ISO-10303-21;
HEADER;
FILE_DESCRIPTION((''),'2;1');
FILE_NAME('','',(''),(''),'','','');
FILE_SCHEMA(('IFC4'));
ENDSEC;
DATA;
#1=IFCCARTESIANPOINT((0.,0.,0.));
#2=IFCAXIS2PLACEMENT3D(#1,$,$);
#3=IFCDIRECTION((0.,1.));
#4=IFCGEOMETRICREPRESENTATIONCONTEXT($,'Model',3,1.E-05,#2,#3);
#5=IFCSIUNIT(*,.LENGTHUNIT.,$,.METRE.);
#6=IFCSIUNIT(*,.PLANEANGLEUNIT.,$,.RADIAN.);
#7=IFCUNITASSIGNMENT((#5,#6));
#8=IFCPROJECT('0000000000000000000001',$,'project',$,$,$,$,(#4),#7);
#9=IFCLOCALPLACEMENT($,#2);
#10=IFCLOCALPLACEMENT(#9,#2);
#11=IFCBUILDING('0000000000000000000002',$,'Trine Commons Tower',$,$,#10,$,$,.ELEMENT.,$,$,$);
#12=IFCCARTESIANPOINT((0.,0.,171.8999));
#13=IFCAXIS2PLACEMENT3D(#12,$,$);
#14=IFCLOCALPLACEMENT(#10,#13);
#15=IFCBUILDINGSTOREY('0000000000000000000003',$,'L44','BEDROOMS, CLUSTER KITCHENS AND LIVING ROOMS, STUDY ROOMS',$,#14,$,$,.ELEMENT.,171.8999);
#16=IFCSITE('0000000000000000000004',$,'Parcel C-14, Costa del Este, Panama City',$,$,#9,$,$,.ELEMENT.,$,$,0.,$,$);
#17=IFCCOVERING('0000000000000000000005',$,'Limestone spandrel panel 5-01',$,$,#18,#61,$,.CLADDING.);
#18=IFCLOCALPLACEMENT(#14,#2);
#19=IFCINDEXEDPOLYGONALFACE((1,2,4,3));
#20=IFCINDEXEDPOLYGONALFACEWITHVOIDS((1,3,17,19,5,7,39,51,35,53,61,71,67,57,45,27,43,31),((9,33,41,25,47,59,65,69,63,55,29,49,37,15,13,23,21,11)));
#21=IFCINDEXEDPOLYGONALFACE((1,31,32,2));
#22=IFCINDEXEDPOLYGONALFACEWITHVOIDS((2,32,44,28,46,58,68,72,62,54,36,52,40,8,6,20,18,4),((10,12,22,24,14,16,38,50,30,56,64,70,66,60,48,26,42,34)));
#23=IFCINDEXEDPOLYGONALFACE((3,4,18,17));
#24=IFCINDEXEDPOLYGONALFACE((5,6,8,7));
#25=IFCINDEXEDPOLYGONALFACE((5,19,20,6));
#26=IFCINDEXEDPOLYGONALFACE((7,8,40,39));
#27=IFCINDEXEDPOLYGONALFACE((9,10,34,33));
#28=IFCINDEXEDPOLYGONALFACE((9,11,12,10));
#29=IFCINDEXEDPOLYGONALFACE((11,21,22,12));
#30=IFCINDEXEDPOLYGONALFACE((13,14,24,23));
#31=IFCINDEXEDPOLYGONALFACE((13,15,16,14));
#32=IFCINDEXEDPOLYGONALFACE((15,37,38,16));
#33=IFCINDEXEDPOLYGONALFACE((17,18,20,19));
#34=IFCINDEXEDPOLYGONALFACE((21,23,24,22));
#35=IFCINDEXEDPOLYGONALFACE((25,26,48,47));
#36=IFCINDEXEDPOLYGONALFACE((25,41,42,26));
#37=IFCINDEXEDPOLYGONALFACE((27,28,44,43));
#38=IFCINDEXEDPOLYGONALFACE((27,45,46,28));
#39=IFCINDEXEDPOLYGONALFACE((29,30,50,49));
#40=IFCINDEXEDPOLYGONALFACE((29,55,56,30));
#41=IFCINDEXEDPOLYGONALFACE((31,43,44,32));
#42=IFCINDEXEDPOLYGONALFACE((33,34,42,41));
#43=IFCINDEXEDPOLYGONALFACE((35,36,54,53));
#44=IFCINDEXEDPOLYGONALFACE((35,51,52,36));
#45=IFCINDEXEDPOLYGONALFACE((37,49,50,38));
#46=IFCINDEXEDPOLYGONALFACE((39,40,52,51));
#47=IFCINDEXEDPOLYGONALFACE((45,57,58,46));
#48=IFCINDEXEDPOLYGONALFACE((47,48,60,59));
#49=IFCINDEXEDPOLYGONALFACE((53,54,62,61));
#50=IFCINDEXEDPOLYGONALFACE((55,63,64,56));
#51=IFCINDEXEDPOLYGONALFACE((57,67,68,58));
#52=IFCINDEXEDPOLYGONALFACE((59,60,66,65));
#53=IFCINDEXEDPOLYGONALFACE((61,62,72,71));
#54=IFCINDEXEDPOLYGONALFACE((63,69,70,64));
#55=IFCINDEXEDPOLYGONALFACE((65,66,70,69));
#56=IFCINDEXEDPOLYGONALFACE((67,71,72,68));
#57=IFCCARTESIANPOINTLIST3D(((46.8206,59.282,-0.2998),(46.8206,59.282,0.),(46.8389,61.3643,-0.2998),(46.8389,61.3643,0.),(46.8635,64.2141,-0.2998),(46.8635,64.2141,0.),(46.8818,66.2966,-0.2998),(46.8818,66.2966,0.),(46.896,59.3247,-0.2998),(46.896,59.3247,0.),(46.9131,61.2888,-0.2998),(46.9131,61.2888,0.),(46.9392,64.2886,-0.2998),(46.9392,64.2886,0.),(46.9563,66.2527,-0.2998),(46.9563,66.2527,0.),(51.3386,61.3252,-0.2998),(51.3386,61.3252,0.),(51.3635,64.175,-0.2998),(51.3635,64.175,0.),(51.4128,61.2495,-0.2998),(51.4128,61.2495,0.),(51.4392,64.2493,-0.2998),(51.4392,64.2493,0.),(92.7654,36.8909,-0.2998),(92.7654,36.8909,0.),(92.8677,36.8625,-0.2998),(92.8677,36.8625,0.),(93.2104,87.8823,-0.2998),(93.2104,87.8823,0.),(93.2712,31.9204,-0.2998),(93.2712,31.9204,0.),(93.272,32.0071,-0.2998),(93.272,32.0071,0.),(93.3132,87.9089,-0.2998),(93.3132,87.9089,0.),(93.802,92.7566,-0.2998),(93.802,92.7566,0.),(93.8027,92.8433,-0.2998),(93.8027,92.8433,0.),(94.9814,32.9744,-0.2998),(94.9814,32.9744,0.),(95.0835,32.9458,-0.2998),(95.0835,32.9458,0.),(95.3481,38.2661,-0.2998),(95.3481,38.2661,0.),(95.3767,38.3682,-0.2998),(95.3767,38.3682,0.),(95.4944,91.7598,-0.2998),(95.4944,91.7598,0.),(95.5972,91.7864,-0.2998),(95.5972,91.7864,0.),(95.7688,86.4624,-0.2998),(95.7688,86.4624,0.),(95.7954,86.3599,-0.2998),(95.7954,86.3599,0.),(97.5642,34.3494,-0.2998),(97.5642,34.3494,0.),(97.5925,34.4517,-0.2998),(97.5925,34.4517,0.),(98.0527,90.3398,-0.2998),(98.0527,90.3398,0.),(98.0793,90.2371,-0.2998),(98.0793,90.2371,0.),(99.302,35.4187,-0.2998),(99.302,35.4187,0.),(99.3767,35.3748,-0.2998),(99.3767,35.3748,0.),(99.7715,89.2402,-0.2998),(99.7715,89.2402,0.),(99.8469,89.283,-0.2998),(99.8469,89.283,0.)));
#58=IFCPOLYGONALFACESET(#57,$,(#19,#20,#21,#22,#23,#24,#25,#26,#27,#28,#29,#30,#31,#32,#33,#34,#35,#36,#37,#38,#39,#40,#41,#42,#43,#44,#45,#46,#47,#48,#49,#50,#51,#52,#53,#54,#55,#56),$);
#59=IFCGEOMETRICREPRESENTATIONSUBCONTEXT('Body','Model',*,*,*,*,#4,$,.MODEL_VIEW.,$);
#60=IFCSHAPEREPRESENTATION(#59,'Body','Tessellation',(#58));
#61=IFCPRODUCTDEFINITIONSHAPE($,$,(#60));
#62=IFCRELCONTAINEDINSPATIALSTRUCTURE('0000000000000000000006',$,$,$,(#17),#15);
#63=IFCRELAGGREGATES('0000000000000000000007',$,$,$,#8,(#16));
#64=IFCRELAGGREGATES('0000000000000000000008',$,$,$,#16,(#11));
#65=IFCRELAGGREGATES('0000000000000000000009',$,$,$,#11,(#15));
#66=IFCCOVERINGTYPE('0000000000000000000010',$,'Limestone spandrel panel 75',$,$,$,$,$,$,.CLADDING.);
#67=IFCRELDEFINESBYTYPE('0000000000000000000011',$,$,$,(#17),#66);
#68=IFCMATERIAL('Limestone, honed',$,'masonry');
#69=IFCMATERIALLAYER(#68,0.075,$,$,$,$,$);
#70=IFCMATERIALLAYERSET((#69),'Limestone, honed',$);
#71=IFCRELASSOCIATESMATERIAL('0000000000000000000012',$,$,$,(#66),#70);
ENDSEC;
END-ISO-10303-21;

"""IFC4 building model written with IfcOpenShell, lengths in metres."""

from ifc_helpers import new_model, si_unit, direction, frame, origin, place, context, subcontext, project, spatial, polyline, outline, extrude, material, layer, layer_set, type_object, element, save


model = new_model("IFC4")

# Units and contexts
model_context = context("Model", 3, precision=1e-05, world=origin(), true_north=direction((0.0, 1.0)))
body_context = subcontext(model_context, "Body", "Model", "MODEL_VIEW")
ifc_project = project(units=[si_unit("LENGTHUNIT", "METRE"), si_unit("PLANEANGLEUNIT", "RADIAN")], contexts=[model_context])

# Site, building, storey
site_placement = place(None, origin())
site = spatial("IfcSite", under=ifc_project, at=site_placement, Name="Parcel C-14, Costa del Este, Panama City", CompositionType="ELEMENT", RefElevation=0.0)
building_placement = place(site_placement, origin())
building = spatial("IfcBuilding", under=site, at=building_placement, Name="Trine Commons Tower", CompositionType="ELEMENT")
storey_placement = place(building_placement, frame((0.0, 0.0, 171.8999)))
storey = spatial("IfcBuildingStorey", under=building, at=storey_placement, Name="L44", Description="BEDROOMS, CLUSTER KITCHENS AND LIVING ROOMS, STUDY ROOMS", CompositionType="ELEMENT", Elevation=171.8999)

# Covering
ifc_material_1 = material(Name="Limestone, honed", Category="masonry")
ifc_layer_1 = layer(ifc_material_1, 0.075)
ifc_layer_set_1 = layer_set([ifc_layer_1], Name="Limestone, honed")
covering_type_1 = type_object("IfcCoveringType", Name="Limestone spandrel panel 75", PredefinedType="CLADDING", material=ifc_layer_set_1)
covering_1_placement = place(storey_placement, frame((0.0, 0.0, -0.2998)))
element("IfcCovering", 1, at=covering_1_placement, inside=storey, type_object=covering_type_1, Name="Limestone spandrel panel 5-01", PredefinedType="CLADDING", context=body_context, shape_type="SweptSolid", body=[
    extrude(outline(polyline([(95.3481, 38.2661), (97.5642, 34.3494), (99.3767, 35.3748), (99.8469, 89.283), (98.0527, 90.3398), (95.7688, 86.4624), (93.3132, 87.9089), (95.5972, 91.7864), (93.8027, 92.8433), (46.8818, 66.2966), (46.8635, 64.2141), (51.3635, 64.175), (51.3386, 61.3252), (46.8389, 61.3643), (46.8206, 59.282), (93.2712, 31.9204), (95.0835, 32.9458), (92.8677, 36.8625), (95.3481, 38.2661)]), holes=[polyline([(98.0793, 90.2371), (99.7715, 89.2402), (99.302, 35.4187), (97.5925, 34.4517), (95.3767, 38.3682), (92.7654, 36.8909), (94.9814, 32.9744), (93.272, 32.0071), (46.896, 59.3247), (46.9131, 61.2888), (51.4128, 61.2495), (51.4392, 64.2493), (46.9392, 64.2886), (46.9563, 66.2527), (93.802, 92.7566), (95.4944, 91.7598), (93.2104, 87.8823), (95.7954, 86.3599), (98.0793, 90.2371)])]), origin(), (0.0, 0.0, 1.0), 0.2998),
])

save(model, "model.ifc")
